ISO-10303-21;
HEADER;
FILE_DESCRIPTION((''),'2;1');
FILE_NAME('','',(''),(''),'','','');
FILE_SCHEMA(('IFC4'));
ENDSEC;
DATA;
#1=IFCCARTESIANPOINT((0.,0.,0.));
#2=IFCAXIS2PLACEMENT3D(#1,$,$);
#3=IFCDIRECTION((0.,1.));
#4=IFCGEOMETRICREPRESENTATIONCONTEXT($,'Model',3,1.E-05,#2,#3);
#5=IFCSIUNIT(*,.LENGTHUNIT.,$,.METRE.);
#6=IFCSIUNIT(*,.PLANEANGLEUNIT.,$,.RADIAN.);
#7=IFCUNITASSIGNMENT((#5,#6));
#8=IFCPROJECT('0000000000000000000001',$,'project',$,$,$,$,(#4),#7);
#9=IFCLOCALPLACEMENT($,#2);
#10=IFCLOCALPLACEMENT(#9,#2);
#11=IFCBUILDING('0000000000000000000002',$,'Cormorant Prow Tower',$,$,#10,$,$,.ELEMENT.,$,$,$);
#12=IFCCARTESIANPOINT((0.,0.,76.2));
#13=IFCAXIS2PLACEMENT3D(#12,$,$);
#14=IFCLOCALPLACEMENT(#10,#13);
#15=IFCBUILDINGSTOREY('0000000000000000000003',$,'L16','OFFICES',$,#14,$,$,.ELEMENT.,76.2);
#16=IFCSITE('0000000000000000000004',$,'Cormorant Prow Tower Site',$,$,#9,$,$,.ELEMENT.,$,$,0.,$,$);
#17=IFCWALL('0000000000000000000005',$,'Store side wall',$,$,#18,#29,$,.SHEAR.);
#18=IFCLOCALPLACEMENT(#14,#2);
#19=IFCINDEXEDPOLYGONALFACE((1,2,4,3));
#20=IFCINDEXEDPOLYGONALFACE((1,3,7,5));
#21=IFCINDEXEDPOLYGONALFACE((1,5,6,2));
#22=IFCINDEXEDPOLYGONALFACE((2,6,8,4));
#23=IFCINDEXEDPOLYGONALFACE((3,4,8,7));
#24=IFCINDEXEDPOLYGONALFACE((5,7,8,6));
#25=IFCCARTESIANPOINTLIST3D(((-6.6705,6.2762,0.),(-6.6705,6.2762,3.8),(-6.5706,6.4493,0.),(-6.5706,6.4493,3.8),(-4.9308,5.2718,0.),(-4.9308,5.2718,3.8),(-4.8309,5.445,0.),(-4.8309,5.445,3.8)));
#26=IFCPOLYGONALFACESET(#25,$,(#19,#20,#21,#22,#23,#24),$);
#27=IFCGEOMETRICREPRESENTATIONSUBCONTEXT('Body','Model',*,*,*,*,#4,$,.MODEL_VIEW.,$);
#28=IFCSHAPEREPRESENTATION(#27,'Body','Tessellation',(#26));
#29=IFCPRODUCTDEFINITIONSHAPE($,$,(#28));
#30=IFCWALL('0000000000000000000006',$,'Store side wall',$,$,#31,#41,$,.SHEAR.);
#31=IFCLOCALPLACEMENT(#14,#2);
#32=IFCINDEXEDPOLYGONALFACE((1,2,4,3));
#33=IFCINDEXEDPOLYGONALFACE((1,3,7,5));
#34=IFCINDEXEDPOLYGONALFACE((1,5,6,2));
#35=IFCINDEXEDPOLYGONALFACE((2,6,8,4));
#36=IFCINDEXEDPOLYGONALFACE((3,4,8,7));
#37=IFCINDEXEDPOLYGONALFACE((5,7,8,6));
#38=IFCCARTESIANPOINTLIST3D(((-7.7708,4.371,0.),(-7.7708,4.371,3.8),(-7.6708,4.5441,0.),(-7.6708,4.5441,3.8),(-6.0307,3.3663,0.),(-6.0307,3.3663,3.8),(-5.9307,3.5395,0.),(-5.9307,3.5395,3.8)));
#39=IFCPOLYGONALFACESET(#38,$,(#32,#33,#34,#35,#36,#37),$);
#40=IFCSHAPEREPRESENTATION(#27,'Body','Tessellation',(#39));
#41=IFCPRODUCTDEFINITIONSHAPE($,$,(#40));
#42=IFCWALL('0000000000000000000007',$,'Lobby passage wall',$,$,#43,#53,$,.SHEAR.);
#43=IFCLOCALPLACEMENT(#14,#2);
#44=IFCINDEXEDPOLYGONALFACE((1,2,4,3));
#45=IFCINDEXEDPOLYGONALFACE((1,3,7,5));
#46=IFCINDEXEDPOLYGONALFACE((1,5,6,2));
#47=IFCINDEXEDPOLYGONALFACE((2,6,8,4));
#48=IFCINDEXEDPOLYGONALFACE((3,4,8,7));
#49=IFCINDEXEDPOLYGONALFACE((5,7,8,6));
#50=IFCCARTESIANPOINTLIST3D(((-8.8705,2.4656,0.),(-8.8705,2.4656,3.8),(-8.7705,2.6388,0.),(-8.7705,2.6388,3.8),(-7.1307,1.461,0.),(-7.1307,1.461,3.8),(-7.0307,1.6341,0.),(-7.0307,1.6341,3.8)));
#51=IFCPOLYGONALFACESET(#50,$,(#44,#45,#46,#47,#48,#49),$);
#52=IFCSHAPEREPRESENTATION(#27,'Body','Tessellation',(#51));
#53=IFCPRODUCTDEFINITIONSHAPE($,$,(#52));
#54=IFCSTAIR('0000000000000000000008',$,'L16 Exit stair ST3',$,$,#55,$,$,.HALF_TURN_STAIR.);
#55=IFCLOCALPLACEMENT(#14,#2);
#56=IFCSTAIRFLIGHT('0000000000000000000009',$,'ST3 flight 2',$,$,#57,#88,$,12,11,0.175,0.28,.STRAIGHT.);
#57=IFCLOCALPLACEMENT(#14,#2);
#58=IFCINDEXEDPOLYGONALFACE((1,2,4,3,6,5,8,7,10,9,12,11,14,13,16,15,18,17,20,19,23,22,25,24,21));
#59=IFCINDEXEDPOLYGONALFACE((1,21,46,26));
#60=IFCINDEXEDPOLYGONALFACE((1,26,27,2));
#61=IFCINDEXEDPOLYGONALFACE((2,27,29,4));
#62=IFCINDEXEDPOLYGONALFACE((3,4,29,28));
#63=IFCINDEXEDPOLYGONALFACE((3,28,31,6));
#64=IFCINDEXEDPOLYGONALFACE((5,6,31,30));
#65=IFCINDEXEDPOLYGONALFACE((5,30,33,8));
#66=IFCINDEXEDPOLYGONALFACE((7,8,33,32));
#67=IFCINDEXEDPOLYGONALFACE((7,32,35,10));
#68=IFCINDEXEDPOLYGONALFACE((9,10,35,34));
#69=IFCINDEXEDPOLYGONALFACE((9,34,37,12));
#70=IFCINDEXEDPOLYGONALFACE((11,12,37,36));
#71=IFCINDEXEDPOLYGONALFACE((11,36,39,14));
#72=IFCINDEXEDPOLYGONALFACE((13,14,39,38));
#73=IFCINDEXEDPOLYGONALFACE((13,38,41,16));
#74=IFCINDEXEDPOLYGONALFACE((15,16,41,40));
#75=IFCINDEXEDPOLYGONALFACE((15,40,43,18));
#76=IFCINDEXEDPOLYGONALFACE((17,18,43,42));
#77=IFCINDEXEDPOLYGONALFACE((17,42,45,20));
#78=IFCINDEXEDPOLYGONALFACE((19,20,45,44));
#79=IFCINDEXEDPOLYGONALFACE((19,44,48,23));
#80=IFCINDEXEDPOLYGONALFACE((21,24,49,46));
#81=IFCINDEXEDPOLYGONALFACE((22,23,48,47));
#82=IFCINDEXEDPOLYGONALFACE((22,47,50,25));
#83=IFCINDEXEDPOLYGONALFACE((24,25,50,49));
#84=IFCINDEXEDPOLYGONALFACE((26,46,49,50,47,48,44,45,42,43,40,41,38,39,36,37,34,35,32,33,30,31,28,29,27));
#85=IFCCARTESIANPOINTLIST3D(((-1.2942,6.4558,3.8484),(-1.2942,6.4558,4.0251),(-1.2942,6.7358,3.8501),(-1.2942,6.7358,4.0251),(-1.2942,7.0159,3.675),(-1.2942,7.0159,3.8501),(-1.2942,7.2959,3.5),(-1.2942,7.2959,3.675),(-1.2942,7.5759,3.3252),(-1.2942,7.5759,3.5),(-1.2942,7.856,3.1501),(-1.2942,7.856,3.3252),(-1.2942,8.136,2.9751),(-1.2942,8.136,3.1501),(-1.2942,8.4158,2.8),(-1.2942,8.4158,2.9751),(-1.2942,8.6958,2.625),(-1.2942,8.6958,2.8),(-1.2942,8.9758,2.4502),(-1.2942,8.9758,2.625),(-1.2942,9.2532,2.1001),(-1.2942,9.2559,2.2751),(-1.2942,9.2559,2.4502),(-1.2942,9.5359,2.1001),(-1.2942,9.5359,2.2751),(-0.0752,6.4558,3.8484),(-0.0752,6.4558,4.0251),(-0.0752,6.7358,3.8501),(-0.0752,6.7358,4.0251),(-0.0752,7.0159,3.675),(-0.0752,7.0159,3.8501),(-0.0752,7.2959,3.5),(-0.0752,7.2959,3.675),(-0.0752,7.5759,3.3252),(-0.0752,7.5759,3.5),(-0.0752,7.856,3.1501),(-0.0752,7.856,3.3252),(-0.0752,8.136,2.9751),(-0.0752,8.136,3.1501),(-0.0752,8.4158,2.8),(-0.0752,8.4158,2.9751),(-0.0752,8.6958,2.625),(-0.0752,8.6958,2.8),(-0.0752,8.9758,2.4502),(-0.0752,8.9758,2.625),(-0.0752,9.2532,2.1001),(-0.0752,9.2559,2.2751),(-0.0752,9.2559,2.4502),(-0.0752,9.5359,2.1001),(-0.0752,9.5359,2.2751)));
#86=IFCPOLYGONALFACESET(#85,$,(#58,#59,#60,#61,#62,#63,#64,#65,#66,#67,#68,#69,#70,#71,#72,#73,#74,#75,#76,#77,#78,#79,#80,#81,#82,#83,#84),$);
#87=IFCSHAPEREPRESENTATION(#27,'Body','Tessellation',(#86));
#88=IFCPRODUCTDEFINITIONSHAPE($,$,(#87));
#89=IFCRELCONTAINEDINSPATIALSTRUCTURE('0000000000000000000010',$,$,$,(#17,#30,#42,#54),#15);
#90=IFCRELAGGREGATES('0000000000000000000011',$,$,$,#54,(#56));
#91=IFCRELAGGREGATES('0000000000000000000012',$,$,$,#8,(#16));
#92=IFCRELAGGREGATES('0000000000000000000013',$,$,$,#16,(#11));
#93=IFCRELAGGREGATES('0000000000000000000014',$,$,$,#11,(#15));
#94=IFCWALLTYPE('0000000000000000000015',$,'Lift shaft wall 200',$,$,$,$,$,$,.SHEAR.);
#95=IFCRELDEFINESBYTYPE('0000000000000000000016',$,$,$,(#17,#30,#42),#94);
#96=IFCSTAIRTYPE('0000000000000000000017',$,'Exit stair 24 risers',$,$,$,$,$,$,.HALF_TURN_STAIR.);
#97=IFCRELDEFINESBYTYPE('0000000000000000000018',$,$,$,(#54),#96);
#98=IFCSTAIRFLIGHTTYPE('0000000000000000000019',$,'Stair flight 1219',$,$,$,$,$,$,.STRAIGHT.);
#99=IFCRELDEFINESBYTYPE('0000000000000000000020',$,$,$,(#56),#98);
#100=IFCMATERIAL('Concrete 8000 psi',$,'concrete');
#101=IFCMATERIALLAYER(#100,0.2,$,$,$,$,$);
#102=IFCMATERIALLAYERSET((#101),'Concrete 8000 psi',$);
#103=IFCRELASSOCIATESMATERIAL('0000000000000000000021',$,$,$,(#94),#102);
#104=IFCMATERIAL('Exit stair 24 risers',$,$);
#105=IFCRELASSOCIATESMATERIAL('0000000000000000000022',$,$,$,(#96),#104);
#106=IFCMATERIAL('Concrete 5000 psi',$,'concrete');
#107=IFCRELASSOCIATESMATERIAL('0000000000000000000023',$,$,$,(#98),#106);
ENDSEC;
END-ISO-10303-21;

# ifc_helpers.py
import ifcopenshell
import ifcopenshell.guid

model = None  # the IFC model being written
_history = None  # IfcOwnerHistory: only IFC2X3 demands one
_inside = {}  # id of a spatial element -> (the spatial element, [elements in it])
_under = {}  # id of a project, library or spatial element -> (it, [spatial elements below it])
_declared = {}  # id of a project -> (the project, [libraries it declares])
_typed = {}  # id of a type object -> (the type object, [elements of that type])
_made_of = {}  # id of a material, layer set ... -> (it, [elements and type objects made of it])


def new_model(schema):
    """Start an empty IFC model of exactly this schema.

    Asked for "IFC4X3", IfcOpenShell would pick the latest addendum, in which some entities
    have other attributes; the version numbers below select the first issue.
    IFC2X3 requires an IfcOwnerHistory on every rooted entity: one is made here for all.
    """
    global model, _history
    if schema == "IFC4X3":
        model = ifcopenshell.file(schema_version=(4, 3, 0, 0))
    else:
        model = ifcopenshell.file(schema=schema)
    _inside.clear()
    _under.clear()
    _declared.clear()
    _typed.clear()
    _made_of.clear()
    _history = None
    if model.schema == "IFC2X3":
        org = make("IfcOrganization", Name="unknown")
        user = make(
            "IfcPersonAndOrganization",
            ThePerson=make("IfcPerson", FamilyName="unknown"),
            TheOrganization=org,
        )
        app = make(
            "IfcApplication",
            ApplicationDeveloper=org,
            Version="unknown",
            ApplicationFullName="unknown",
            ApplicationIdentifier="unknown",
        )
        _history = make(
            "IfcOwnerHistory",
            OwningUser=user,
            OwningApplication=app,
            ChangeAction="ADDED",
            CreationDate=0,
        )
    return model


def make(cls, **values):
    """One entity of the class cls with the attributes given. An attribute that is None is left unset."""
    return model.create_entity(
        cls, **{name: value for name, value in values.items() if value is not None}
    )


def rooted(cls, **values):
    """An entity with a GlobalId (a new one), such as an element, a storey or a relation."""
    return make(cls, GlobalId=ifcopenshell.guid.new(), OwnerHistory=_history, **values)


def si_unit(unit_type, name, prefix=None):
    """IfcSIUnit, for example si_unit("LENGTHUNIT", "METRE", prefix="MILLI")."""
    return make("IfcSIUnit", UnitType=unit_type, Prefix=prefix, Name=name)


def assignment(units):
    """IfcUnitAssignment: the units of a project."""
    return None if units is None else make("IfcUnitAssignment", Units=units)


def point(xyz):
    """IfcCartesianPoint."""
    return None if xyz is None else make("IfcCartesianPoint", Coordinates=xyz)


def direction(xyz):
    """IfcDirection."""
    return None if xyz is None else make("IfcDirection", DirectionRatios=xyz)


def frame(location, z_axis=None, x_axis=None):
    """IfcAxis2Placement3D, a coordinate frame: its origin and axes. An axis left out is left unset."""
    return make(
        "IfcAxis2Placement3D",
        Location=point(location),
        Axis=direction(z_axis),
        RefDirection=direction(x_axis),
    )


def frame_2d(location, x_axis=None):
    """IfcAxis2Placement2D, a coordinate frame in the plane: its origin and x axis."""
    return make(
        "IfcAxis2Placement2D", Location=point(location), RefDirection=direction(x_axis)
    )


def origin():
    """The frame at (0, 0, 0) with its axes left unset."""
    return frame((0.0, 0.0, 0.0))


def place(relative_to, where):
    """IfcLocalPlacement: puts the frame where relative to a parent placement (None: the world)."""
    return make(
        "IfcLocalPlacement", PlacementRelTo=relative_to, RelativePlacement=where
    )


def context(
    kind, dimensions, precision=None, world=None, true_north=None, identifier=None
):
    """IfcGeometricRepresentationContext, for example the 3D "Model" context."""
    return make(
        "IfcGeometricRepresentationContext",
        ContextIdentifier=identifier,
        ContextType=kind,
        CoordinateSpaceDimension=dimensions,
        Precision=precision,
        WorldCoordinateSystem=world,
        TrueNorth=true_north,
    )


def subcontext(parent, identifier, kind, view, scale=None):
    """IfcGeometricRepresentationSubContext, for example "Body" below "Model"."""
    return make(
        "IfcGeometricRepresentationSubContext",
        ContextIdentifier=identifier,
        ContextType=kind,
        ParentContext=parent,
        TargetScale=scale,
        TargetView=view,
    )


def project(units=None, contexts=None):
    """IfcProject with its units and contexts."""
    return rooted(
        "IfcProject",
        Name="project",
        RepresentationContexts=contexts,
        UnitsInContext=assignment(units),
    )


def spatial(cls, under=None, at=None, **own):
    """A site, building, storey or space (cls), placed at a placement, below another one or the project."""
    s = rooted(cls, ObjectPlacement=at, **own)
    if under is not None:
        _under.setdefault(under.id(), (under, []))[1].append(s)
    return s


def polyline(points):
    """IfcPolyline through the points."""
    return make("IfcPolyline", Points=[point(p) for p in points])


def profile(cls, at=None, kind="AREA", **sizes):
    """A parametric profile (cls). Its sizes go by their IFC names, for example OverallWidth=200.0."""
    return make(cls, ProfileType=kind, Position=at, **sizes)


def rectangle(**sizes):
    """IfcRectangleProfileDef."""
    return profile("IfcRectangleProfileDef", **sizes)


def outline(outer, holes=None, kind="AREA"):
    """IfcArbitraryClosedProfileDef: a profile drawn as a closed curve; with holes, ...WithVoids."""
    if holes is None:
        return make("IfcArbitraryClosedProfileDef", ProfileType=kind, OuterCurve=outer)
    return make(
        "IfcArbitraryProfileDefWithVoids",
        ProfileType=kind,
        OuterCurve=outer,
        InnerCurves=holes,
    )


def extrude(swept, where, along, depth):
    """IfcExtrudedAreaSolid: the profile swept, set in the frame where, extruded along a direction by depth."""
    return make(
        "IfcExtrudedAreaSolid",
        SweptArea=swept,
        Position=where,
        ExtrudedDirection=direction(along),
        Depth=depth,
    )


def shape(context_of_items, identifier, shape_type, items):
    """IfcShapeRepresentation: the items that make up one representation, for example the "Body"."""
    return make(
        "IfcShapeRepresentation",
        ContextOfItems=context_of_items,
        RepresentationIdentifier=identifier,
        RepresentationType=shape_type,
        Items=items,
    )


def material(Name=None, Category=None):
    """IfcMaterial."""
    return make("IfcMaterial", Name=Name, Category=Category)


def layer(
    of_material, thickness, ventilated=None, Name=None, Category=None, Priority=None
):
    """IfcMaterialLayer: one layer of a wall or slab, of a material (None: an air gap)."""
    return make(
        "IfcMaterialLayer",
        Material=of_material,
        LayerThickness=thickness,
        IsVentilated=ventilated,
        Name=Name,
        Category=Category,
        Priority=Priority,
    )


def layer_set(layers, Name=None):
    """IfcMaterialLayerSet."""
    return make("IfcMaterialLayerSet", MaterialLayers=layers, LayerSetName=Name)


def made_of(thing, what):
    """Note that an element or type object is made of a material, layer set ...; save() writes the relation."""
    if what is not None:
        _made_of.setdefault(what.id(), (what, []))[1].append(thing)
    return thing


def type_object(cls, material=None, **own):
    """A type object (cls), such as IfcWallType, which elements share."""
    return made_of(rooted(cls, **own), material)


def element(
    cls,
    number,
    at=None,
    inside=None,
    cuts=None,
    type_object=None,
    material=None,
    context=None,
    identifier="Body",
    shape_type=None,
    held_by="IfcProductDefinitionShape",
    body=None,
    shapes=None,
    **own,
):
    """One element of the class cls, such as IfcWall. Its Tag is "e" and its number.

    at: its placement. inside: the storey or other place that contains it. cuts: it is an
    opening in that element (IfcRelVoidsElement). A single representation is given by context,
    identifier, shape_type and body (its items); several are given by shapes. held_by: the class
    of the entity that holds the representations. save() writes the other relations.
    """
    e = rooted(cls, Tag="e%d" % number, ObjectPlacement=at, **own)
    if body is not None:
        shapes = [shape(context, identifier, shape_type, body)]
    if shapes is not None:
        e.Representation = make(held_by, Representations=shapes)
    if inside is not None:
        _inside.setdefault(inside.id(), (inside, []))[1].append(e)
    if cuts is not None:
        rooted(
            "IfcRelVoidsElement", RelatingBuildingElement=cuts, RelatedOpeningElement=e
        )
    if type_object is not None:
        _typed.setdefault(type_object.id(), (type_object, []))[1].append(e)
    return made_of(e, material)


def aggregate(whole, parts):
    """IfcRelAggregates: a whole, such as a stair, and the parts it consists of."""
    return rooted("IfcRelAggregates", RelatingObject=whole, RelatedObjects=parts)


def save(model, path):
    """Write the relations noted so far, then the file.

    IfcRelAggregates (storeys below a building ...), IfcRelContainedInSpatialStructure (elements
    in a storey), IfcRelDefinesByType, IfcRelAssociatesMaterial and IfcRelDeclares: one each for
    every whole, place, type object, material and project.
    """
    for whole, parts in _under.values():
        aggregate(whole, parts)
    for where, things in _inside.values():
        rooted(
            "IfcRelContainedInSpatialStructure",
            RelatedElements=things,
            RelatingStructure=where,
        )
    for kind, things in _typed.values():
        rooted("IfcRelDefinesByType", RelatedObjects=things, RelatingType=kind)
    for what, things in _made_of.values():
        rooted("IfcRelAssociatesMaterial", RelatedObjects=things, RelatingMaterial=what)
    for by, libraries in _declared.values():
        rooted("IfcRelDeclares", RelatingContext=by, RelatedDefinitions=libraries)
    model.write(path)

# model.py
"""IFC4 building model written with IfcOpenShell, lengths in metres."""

from ifc_helpers import new_model, si_unit, direction, frame, frame_2d, origin, place, context, subcontext, project, spatial, polyline, rectangle, outline, extrude, material, layer, layer_set, type_object, element, aggregate, save


model = new_model("IFC4")

# Units and contexts
model_context = context("Model", 3, precision=1e-05, world=origin(), true_north=direction((0.0, 1.0)))
body_context = subcontext(model_context, "Body", "Model", "MODEL_VIEW")
ifc_project = project(units=[si_unit("LENGTHUNIT", "METRE"), si_unit("PLANEANGLEUNIT", "RADIAN")], contexts=[model_context])

# Site, building, storey
site_placement = place(None, origin())
site = spatial("IfcSite", under=ifc_project, at=site_placement, Name="Cormorant Prow Tower Site", CompositionType="ELEMENT", RefElevation=0.0)
building_placement = place(site_placement, origin())
building = spatial("IfcBuilding", under=site, at=building_placement, Name="Cormorant Prow Tower", CompositionType="ELEMENT")
storey_placement = place(building_placement, frame((0.0, 0.0, 76.2)))
storey = spatial("IfcBuildingStorey", under=building, at=storey_placement, Name="L16", Description="OFFICES", CompositionType="ELEMENT", Elevation=76.2)

# Walls
ifc_material_1 = material(Name="Concrete 8000 psi", Category="concrete")
ifc_layer_1 = layer(ifc_material_1, 0.2)
ifc_layer_set_1 = layer_set([ifc_layer_1], Name="Concrete 8000 psi")
wall_type_1 = type_object("IfcWallType", Name="Lift shaft wall 200", PredefinedType="SHEAR", material=ifc_layer_set_1)
wall_1_placement = place(storey_placement, frame((-4.8809, 5.3584, 0.0), z_axis=(0.0, 0.0, 1.0), x_axis=(-0.866036, 0.499982, 0.0)))
element("IfcWall", 1, at=wall_1_placement, inside=storey, type_object=wall_type_1, Name="Store side wall", PredefinedType="SHEAR", context=body_context, shape_type="SweptSolid", body=[
    extrude(rectangle(XDim=2.0088, YDim=0.2, at=frame_2d((1.0044, 0.0))), origin(), (0.0, 0.0, 1.0), 3.8),
])
wall_2_placement = place(storey_placement, frame((-5.9807, 3.4529, 0.0), z_axis=(0.0, 0.0, 1.0), x_axis=(-0.866014, 0.50002, 0.0)))
element("IfcWall", 2, at=wall_2_placement, inside=storey, type_object=wall_type_1, Name="Store side wall", PredefinedType="SHEAR", context=body_context, shape_type="SweptSolid", body=[
    extrude(rectangle(XDim=2.0093, YDim=0.2, at=frame_2d((1.0046, 0.0))), origin(), (0.0, 0.0, 1.0), 3.8),
])
wall_3_placement = place(storey_placement, frame((-7.0808, 1.5476, 0.0), z_axis=(0.0, 0.0, 1.0), x_axis=(-0.865983, 0.500073, 0.0)))
element("IfcWall", 3, at=wall_3_placement, inside=storey, type_object=wall_type_1, Name="Lobby passage wall", PredefinedType="SHEAR", context=body_context, shape_type="SweptSolid", body=[
    extrude(rectangle(XDim=2.009, YDim=0.2, at=frame_2d((1.0044, 0.0))), origin(), (0.0, 0.0, 1.0), 3.8),
])

# Stair, stair flight
ifc_material_2 = material(Name="Exit stair 24 risers")
stair_type = type_object("IfcStairType", Name="Exit stair 24 risers", PredefinedType="HALF_TURN_STAIR", material=ifc_material_2)
stair_placement = place(storey_placement, origin())
stair = element("IfcStair", 4, at=stair_placement, inside=storey, type_object=stair_type, Name="L16 Exit stair ST3", PredefinedType="HALF_TURN_STAIR")
ifc_material_3 = material(Name="Concrete 5000 psi", Category="concrete")
stair_flight_type = type_object("IfcStairFlightType", Name="Stair flight 1219", PredefinedType="STRAIGHT", material=ifc_material_3)
stair_flight_placement = place(storey_placement, frame((-0.6846, 9.5359, 2.1001), z_axis=(0.0, 0.0, 1.0), x_axis=(0.0, -1.0, 0.0)))
stair_flight = element("IfcStairFlight", 5, at=stair_flight_placement, type_object=stair_flight_type, Name="ST3 flight 2", NumberOfRisers=12, NumberOfTreads=11, PredefinedType="STRAIGHT", RiserHeight=0.175, TreadLength=0.28, context=body_context, shape_type="SweptSolid", body=[
    extrude(outline(polyline([(0.0, 0.0), (0.0, 0.175), (0.28, 0.175), (0.28, 0.3501), (0.5601, 0.3501), (0.5601, 0.5249), (0.8401, 0.5249), (0.8401, 0.7), (1.1201, 0.7), (1.1201, 0.875), (1.3999, 0.875), (1.3999, 1.05), (1.6799, 1.05), (1.6799, 1.2251), (1.96, 1.2251), (1.96, 1.3999), (2.24, 1.3999), (2.24, 1.575), (2.52, 1.575), (2.52, 1.75), (2.8, 1.75), (2.8, 1.925), (3.0801, 1.925), (3.0801, 2.1001), (3.0801, 1.7483), (0.2827, 0.0), (0.0, 0.0)])), frame((0.0, 0.6094, 0.0), z_axis=(0.0, -1.0, 0.0), x_axis=(1.0, 0.0, 0.0)), (0.0, 0.0, 1.0), 1.219),
])
aggregate(stair, [stair_flight])

save(model, "model.ifc")
